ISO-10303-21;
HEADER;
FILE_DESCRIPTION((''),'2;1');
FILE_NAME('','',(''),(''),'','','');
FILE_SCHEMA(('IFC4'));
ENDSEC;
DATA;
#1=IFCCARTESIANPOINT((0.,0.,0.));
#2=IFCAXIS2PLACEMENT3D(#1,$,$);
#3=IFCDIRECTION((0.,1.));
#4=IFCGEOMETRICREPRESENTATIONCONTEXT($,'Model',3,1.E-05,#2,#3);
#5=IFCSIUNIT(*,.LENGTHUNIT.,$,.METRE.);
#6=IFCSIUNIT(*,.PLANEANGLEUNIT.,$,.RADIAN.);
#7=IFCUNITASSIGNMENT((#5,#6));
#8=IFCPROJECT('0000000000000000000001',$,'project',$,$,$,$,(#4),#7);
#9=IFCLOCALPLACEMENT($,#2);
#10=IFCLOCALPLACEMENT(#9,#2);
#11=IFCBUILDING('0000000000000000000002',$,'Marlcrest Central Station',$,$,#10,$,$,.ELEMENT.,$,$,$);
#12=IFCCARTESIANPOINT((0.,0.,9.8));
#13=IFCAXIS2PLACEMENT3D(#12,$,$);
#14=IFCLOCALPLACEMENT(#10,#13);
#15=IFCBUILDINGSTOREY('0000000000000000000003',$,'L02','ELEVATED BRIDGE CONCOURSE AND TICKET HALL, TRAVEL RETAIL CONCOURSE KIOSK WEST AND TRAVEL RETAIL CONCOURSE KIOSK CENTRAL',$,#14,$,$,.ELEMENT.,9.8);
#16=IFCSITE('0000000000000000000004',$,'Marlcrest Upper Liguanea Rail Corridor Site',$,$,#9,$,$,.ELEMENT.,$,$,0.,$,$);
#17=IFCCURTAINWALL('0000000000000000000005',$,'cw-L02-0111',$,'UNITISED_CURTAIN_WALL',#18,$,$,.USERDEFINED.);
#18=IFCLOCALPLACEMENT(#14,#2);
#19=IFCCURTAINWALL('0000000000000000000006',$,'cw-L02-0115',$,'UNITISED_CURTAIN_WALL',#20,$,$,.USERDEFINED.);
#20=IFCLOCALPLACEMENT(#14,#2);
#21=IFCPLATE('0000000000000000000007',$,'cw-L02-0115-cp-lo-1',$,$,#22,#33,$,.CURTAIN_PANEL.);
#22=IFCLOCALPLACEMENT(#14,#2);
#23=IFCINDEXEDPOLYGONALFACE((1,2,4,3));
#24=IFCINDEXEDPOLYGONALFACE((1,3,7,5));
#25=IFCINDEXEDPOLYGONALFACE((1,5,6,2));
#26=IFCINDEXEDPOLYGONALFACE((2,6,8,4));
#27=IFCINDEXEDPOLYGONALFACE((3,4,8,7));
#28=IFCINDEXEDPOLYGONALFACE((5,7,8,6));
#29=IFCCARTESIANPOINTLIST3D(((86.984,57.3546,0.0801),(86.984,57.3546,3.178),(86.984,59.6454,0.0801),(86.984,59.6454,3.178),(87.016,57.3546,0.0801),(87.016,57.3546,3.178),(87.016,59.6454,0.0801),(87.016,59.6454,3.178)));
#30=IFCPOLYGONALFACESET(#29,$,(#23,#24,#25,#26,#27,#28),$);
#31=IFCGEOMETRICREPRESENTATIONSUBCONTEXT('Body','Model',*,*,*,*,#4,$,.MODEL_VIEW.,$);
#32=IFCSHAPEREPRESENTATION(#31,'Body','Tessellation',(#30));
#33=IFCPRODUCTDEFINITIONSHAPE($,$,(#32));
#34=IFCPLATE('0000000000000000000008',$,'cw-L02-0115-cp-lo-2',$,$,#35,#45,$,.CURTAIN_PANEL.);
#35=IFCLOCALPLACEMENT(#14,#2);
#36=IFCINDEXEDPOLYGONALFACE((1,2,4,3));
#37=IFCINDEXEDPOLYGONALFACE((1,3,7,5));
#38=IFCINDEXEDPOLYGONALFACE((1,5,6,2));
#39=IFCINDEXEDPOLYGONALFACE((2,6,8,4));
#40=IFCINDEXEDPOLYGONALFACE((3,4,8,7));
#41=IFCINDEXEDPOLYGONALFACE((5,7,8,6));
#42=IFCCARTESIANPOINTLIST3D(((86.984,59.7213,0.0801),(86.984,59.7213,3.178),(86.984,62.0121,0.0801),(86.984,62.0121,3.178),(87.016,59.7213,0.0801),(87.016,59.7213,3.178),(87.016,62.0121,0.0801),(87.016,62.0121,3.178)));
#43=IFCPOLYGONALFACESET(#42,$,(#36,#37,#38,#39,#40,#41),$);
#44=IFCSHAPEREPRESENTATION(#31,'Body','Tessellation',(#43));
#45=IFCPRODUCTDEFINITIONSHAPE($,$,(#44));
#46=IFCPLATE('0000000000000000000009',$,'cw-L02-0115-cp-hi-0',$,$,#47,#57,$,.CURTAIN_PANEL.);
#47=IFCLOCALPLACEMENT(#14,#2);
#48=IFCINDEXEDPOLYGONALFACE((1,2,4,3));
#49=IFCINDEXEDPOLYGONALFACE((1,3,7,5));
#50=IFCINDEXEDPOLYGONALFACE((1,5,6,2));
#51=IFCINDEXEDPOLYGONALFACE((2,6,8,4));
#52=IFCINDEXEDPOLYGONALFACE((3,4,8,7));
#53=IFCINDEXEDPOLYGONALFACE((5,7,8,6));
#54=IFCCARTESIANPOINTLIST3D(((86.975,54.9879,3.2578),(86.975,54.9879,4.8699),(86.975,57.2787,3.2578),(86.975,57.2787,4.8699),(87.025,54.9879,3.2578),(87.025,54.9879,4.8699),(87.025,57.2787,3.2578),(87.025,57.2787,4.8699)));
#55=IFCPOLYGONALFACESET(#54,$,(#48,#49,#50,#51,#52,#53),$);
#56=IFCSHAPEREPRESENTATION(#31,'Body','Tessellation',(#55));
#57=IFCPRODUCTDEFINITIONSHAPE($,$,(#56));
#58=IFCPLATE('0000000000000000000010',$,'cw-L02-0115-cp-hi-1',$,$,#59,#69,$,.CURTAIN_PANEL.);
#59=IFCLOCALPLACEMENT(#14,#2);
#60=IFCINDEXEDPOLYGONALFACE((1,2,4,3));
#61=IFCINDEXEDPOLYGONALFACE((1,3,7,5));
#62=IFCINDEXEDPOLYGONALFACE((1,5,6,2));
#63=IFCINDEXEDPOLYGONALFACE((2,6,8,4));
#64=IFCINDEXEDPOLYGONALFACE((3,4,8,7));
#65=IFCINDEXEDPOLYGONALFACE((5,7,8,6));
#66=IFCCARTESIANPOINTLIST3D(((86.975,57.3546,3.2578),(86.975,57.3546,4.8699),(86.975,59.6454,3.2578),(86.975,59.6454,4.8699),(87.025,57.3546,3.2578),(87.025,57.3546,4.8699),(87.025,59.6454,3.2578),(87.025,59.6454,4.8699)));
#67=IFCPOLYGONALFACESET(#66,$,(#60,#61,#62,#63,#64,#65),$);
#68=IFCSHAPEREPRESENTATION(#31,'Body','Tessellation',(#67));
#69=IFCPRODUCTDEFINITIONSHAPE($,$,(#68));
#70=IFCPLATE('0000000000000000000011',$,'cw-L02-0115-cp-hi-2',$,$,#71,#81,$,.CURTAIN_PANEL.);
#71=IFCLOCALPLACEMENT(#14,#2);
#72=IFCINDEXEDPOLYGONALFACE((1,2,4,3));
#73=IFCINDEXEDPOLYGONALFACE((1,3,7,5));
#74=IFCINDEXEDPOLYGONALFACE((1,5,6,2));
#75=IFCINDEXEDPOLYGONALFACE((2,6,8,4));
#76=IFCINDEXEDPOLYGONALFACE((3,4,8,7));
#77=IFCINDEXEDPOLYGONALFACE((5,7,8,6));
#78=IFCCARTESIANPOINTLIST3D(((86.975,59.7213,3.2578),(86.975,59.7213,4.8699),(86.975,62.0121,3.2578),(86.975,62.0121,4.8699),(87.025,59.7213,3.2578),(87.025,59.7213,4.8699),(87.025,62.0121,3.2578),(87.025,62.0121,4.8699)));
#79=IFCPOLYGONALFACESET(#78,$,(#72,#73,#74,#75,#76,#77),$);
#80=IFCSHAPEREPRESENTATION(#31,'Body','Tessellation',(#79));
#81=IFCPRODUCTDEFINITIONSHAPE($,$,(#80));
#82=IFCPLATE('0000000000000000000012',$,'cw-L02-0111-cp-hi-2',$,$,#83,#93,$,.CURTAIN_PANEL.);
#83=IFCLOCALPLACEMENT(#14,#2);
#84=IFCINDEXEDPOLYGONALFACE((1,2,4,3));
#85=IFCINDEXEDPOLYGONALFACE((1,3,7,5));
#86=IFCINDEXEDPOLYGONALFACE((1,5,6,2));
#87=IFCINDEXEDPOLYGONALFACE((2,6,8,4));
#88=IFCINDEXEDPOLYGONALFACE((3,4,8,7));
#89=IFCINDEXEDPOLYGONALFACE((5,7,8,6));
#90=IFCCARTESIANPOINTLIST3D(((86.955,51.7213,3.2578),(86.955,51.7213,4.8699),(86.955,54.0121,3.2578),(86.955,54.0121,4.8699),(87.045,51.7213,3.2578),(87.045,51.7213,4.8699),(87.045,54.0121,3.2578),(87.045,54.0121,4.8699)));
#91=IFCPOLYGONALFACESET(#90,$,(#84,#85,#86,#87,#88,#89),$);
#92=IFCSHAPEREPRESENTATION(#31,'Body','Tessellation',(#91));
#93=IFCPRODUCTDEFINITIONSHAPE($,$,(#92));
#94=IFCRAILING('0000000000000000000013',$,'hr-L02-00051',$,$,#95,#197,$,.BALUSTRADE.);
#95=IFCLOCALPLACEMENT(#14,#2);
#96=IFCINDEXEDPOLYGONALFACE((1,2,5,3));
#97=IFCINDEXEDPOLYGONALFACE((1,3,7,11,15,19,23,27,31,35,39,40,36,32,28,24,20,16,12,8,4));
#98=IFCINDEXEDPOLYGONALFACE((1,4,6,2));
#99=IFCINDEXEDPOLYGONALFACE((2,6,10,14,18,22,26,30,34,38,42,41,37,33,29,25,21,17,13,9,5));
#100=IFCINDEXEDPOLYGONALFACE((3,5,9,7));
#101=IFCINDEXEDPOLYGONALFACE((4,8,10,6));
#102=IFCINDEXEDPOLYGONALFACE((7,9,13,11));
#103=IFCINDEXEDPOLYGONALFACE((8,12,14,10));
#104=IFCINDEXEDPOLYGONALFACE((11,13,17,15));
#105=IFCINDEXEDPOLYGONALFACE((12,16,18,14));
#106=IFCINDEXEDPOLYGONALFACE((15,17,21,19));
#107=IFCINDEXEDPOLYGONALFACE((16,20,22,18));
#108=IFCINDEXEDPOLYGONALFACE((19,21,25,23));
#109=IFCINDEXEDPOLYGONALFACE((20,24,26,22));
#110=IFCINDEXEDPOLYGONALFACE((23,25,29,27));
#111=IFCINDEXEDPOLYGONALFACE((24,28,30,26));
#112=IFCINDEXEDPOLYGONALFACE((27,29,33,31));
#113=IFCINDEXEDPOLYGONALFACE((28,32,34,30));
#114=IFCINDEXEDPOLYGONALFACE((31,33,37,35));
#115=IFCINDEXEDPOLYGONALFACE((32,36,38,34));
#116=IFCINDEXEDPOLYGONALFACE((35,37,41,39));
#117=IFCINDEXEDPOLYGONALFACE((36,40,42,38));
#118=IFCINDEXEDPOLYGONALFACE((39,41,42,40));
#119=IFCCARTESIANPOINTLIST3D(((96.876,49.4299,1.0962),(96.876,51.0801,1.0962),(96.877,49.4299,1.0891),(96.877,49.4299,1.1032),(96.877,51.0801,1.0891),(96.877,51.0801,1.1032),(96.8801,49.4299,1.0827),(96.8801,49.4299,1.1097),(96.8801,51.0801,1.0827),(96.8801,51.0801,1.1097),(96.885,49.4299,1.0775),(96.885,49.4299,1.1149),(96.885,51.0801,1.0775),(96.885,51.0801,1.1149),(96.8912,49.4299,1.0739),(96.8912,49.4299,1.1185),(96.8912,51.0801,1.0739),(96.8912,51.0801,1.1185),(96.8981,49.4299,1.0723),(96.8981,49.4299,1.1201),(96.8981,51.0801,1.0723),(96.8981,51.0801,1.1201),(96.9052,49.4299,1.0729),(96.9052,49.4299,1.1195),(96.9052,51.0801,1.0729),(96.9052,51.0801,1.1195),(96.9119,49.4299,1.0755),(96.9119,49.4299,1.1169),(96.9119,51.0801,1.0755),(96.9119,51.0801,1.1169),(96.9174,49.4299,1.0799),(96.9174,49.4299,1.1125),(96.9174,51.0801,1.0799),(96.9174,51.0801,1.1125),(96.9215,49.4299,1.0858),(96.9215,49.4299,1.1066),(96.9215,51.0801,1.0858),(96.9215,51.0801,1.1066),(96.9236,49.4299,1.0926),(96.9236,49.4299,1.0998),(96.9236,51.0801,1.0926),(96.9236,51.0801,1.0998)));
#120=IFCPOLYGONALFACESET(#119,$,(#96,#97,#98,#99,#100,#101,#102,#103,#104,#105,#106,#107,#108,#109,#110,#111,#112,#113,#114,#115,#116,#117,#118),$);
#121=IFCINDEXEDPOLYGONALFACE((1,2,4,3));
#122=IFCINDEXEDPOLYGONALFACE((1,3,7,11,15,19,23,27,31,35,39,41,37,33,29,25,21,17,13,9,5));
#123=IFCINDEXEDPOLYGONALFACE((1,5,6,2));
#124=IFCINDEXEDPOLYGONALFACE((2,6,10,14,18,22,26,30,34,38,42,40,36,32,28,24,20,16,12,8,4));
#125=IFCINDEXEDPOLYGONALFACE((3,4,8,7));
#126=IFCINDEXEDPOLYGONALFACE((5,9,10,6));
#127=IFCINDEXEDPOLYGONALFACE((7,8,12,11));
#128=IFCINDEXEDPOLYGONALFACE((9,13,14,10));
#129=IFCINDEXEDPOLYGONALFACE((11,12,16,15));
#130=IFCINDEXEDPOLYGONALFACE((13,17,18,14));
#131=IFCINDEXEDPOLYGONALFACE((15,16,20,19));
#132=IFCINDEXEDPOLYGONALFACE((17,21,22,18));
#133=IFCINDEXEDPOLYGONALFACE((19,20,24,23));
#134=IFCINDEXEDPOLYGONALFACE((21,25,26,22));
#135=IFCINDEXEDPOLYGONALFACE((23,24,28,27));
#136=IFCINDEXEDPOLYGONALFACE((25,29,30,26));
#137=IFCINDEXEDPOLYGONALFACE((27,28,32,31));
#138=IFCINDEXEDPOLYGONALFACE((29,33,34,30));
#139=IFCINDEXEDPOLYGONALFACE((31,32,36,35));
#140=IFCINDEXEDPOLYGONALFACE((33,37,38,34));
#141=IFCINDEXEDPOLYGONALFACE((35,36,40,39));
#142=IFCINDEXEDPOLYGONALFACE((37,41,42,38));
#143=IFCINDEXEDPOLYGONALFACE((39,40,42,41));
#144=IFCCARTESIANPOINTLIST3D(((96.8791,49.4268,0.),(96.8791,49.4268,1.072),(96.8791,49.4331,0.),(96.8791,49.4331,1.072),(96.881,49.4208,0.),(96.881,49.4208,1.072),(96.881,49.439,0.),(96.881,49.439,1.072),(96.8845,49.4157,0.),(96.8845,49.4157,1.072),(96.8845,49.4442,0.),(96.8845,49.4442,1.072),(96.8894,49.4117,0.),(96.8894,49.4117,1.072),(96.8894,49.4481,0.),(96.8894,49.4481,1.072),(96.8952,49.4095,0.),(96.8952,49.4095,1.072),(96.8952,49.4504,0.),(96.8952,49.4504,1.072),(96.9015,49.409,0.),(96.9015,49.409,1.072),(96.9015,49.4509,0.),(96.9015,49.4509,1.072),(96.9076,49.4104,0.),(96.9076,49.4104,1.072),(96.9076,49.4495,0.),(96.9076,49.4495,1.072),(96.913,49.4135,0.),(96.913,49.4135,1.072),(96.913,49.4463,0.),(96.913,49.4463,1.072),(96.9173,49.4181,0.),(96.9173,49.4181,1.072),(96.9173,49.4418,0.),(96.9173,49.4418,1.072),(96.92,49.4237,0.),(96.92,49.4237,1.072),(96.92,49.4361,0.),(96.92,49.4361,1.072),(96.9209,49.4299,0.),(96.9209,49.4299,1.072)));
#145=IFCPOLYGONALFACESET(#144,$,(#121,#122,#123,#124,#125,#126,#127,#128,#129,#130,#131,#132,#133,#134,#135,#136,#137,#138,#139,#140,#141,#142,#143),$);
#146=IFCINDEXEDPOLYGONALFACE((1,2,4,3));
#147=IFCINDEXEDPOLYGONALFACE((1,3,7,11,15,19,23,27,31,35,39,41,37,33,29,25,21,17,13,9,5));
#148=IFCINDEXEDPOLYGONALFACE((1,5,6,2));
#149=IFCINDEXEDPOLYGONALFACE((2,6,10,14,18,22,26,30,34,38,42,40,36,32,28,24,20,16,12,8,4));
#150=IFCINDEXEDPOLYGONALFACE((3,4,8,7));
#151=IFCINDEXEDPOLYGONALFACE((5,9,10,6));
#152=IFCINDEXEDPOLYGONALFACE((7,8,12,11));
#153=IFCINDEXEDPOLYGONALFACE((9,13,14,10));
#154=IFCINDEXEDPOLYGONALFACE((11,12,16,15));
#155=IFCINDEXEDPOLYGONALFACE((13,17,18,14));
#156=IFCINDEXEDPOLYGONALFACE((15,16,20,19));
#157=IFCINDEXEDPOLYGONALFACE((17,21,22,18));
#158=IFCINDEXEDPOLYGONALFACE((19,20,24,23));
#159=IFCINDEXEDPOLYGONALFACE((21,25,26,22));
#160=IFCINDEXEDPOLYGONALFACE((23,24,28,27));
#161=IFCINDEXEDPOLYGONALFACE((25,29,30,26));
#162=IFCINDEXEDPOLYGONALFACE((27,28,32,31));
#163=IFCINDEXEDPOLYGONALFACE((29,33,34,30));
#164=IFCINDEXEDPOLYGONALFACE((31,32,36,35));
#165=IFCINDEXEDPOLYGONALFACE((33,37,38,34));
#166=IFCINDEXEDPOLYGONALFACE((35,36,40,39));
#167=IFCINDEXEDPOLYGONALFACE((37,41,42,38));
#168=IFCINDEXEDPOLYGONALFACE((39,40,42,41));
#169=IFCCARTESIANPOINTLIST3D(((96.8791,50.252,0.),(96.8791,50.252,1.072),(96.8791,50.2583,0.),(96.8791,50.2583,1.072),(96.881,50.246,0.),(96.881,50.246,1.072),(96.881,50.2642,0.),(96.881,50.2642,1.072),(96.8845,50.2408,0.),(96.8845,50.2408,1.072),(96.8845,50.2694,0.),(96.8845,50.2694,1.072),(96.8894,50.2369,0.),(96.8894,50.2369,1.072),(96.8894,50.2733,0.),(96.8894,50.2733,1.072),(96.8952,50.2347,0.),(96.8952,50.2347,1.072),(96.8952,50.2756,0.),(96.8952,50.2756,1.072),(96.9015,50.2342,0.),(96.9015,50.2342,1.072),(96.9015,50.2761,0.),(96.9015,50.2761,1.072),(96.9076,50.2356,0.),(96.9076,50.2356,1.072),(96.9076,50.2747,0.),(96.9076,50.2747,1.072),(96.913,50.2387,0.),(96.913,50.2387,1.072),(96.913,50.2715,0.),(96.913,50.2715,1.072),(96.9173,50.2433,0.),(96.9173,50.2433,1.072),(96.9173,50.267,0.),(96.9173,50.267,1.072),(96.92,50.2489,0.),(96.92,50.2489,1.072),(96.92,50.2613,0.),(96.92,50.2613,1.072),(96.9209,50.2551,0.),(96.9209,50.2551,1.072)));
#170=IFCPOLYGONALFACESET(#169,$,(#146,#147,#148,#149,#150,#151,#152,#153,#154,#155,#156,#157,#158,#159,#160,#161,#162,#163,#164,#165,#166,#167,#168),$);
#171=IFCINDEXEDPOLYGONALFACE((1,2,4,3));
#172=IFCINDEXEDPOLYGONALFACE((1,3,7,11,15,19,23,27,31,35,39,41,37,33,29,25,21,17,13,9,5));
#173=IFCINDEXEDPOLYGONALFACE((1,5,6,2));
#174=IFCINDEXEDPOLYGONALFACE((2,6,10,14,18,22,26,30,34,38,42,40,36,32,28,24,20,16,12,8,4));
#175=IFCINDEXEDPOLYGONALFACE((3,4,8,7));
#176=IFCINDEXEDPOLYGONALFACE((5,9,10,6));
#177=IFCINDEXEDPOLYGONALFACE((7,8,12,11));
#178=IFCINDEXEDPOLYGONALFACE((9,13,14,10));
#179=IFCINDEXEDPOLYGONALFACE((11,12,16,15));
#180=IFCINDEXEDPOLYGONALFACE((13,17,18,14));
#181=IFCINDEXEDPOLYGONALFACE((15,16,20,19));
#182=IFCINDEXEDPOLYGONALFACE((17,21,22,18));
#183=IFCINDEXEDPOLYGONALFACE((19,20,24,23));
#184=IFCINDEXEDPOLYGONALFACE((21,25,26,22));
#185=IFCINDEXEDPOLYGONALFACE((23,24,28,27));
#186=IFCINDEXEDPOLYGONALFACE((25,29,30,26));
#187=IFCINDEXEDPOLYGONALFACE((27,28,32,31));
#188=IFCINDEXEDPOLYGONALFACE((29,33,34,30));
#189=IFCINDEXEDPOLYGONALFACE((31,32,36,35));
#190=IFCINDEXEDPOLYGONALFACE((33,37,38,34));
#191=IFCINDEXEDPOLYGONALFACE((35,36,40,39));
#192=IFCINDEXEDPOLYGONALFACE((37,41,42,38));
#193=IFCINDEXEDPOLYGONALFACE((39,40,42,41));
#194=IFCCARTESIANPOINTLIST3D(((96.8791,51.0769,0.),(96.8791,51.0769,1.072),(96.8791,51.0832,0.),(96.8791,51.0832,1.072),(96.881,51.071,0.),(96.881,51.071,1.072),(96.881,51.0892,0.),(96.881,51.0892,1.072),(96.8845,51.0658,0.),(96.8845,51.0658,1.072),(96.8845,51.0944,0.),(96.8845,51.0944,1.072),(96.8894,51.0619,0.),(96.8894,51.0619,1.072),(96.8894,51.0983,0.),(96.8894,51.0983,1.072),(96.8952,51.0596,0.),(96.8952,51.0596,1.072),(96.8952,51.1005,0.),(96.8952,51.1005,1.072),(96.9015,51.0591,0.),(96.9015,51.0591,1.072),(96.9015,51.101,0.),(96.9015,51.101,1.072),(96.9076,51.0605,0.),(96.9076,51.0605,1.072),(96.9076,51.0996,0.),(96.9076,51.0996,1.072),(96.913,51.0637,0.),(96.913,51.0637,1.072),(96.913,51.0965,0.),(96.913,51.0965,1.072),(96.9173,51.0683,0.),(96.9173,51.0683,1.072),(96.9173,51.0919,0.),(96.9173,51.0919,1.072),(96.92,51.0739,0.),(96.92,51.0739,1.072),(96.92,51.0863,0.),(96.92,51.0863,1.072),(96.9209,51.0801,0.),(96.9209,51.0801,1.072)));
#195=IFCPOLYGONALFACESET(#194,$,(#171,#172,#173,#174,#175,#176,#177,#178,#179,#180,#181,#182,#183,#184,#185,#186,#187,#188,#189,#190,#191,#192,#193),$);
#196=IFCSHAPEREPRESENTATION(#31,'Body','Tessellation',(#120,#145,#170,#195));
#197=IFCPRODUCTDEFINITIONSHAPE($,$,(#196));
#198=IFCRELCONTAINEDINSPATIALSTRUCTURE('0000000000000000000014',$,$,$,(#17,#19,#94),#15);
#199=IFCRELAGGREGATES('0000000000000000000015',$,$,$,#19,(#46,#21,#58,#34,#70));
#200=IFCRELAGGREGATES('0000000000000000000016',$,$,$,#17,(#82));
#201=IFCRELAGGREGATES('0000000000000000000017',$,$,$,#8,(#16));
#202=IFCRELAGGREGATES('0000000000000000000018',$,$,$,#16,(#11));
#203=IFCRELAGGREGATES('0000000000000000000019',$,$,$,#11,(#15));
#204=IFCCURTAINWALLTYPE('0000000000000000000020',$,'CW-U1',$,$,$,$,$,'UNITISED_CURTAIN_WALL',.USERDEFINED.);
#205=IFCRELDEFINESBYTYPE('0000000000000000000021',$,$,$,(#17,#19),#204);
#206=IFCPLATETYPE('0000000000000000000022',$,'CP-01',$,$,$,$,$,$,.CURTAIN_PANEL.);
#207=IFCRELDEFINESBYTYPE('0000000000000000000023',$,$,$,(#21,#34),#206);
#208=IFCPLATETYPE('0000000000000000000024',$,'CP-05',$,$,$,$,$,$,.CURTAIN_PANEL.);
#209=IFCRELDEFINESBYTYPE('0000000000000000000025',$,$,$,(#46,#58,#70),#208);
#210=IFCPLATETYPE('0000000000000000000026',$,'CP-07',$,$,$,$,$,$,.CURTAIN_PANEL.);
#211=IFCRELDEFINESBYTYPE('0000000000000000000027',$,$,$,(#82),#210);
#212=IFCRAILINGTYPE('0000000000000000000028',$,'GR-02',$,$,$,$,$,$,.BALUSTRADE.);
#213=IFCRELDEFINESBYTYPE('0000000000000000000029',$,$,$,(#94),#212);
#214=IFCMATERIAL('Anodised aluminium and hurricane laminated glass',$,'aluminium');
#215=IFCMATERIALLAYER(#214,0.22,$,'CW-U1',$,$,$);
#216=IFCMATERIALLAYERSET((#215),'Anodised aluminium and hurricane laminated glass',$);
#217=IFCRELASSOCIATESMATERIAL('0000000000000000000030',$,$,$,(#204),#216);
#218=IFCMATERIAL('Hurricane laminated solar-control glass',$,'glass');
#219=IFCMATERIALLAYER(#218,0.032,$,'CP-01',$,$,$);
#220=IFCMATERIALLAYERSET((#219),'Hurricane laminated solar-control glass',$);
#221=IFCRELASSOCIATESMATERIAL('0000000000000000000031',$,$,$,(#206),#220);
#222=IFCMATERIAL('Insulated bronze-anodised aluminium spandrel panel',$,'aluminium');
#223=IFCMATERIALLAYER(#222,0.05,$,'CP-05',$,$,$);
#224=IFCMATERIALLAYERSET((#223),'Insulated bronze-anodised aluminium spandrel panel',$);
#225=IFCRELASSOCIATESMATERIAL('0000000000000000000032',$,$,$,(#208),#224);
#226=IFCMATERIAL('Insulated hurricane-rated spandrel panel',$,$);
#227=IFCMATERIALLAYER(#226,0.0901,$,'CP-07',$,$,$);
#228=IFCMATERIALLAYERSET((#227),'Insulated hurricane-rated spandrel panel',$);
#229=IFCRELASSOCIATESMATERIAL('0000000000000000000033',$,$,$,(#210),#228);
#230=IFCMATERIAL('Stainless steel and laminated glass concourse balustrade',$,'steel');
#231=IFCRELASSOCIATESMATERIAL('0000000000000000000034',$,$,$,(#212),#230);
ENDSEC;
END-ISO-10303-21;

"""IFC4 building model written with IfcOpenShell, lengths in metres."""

from ifc_helpers import new_model, si_unit, direction, frame, origin, origin_2d, place, context, subcontext, project, spatial, rectangle, circle, extrude, material, layer, layer_set, type_object, element, aggregate, save


model = new_model("IFC4")

# Units and contexts
model_context = context("Model", 3, precision=1e-05, world=origin(), true_north=direction((0.0, 1.0)))
body_context = subcontext(model_context, "Body", "Model", "MODEL_VIEW")
ifc_project = project(units=[si_unit("LENGTHUNIT", "METRE"), si_unit("PLANEANGLEUNIT", "RADIAN")], contexts=[model_context])

# Site, building, storey
site_placement = place(None, origin())
site = spatial("IfcSite", under=ifc_project, at=site_placement, Name="Marlcrest Upper Liguanea Rail Corridor Site", CompositionType="ELEMENT", RefElevation=0.0)
building_placement = place(site_placement, origin())
building = spatial("IfcBuilding", under=site, at=building_placement, Name="Marlcrest Central Station", CompositionType="ELEMENT")
storey_placement = place(building_placement, frame((0.0, 0.0, 9.8)))
storey = spatial("IfcBuildingStorey", under=building, at=storey_placement, Name="L02", Description="ELEVATED BRIDGE CONCOURSE AND TICKET HALL, TRAVEL RETAIL CONCOURSE KIOSK WEST AND TRAVEL RETAIL CONCOURSE KIOSK CENTRAL", CompositionType="ELEMENT", Elevation=9.8)

# Curtain wall
ifc_material_1 = material(Name="Anodised aluminium and hurricane laminated glass", Category="aluminium")
ifc_layer_1 = layer(ifc_material_1, 0.22, Name="CW-U1")
ifc_layer_set_1 = layer_set([ifc_layer_1], Name="Anodised aluminium and hurricane laminated glass")
curtain_wall_type = type_object("IfcCurtainWallType", Name="CW-U1", ElementType="UNITISED_CURTAIN_WALL", PredefinedType="USERDEFINED", material=ifc_layer_set_1)
curtain_wall_1_placement = place(storey_placement, origin())
curtain_wall_1 = element("IfcCurtainWall", 1, at=curtain_wall_1_placement, inside=storey, type_object=curtain_wall_type, Name="cw-L02-0111", ObjectType="UNITISED_CURTAIN_WALL", PredefinedType="USERDEFINED")

# Curtain wall
curtain_wall_2_placement = place(storey_placement, origin())
curtain_wall_2 = element("IfcCurtainWall", 2, at=curtain_wall_2_placement, inside=storey, type_object=curtain_wall_type, Name="cw-L02-0115", ObjectType="UNITISED_CURTAIN_WALL", PredefinedType="USERDEFINED")

# Plates
ifc_material_2 = material(Name="Hurricane laminated solar-control glass", Category="glass")
ifc_layer_2 = layer(ifc_material_2, 0.032, Name="CP-01")
ifc_layer_set_2 = layer_set([ifc_layer_2], Name="Hurricane laminated solar-control glass")
plate_type_1 = type_object("IfcPlateType", Name="CP-01", PredefinedType="CURTAIN_PANEL", material=ifc_layer_set_2)
plate_1_placement = place(storey_placement, frame((87.0, 58.5, 0.0801), z_axis=(0.0, 0.0, 1.0), x_axis=(0.0, 1.0, 0.0)))
plate_1 = element("IfcPlate", 3, at=plate_1_placement, type_object=plate_type_1, Name="cw-L02-0115-cp-lo-1", PredefinedType="CURTAIN_PANEL", context=body_context, shape_type="SweptSolid", body=[
    extrude(rectangle(XDim=2.2908, YDim=0.032, at=origin_2d()), origin(), (0.0, 0.0, 1.0), 3.0979),
])
plate_2_placement = place(storey_placement, frame((87.0, 60.8667, 0.0801), z_axis=(0.0, 0.0, 1.0), x_axis=(0.0, 1.0, 0.0)))
plate_2 = element("IfcPlate", 4, at=plate_2_placement, type_object=plate_type_1, Name="cw-L02-0115-cp-lo-2", PredefinedType="CURTAIN_PANEL", context=body_context, shape_type="SweptSolid", body=[
    extrude(rectangle(XDim=2.2908, YDim=0.032, at=origin_2d()), origin(), (0.0, 0.0, 1.0), 3.0979),
])
ifc_material_3 = material(Name="Insulated bronze-anodised aluminium spandrel panel", Category="aluminium")
ifc_layer_3 = layer(ifc_material_3, 0.05, Name="CP-05")
ifc_layer_set_3 = layer_set([ifc_layer_3], Name="Insulated bronze-anodised aluminium spandrel panel")
plate_type_2 = type_object("IfcPlateType", Name="CP-05", PredefinedType="CURTAIN_PANEL", material=ifc_layer_set_3)
plate_3_placement = place(storey_placement, frame((87.0, 56.1333, 3.2578), z_axis=(0.0, 0.0, 1.0), x_axis=(0.0, 1.0, 0.0)))
plate_3 = element("IfcPlate", 5, at=plate_3_placement, type_object=plate_type_2, Name="cw-L02-0115-cp-hi-0", PredefinedType="CURTAIN_PANEL", context=body_context, shape_type="SweptSolid", body=[
    extrude(rectangle(XDim=2.2908, YDim=0.05, at=origin_2d()), origin(), (0.0, 0.0, 1.0), 1.6121),
])
plate_4_placement = place(storey_placement, frame((87.0, 58.5, 3.2578), z_axis=(0.0, 0.0, 1.0), x_axis=(0.0, 1.0, 0.0)))
plate_4 = element("IfcPlate", 6, at=plate_4_placement, type_object=plate_type_2, Name="cw-L02-0115-cp-hi-1", PredefinedType="CURTAIN_PANEL", context=body_context, shape_type="SweptSolid", body=[
    extrude(rectangle(XDim=2.2908, YDim=0.05, at=origin_2d()), origin(), (0.0, 0.0, 1.0), 1.6121),
])
plate_5_placement = place(storey_placement, frame((87.0, 60.8667, 3.2578), z_axis=(0.0, 0.0, 1.0), x_axis=(0.0, 1.0, 0.0)))
plate_5 = element("IfcPlate", 7, at=plate_5_placement, type_object=plate_type_2, Name="cw-L02-0115-cp-hi-2", PredefinedType="CURTAIN_PANEL", context=body_context, shape_type="SweptSolid", body=[
    extrude(rectangle(XDim=2.2908, YDim=0.05, at=origin_2d()), origin(), (0.0, 0.0, 1.0), 1.6121),
])
aggregate(curtain_wall_2, [plate_3, plate_1, plate_4, plate_2, plate_5])
ifc_material_4 = material(Name="Insulated hurricane-rated spandrel panel")
ifc_layer_4 = layer(ifc_material_4, 0.0901, Name="CP-07")
ifc_layer_set_4 = layer_set([ifc_layer_4], Name="Insulated hurricane-rated spandrel panel")
plate_type_3 = type_object("IfcPlateType", Name="CP-07", PredefinedType="CURTAIN_PANEL", material=ifc_layer_set_4)
plate_6_placement = place(storey_placement, frame((87.0, 52.8667, 3.2578), z_axis=(0.0, 0.0, 1.0), x_axis=(0.0, 1.0, 0.0)))
plate_6 = element("IfcPlate", 8, at=plate_6_placement, type_object=plate_type_3, Name="cw-L02-0111-cp-hi-2", PredefinedType="CURTAIN_PANEL", context=body_context, shape_type="SweptSolid", body=[
    extrude(rectangle(XDim=2.2908, YDim=0.0901, at=origin_2d()), origin(), (0.0, 0.0, 1.0), 1.6121),
])
aggregate(curtain_wall_1, [plate_6])

# Railing
ifc_material_5 = material(Name="Stainless steel and laminated glass concourse balustrade", Category="steel")
railing_type = type_object("IfcRailingType", Name="GR-02", PredefinedType="BALUSTRADE", material=ifc_material_5)
railing_1_placement = place(storey_placement, frame((96.8999, 49.4299, 0.0)))
element("IfcRailing", 9, at=railing_1_placement, inside=storey, type_object=railing_type, Name="hr-L02-00051", PredefinedType="BALUSTRADE", context=body_context, shape_type="SweptSolid", body=[
    extrude(circle(Radius=0.0239, at=origin_2d()), frame((0.0, 0.0, 1.0962), z_axis=(0.0, 1.0, 0.0), x_axis=(-1.0, 0.0, 0.0)), (0.0, 0.0, 1.0), 1.6501),
    extrude(circle(Radius=0.021, at=origin_2d()), origin(), (0.0, 0.0, 1.0), 1.072),
    extrude(circle(Radius=0.021, at=origin_2d()), frame((0.0, 0.8252, 0.0)), (0.0, 0.0, 1.0), 1.072),
    extrude(circle(Radius=0.021, at=origin_2d()), frame((0.0, 1.6501, 0.0)), (0.0, 0.0, 1.0), 1.072),
])

save(model, "model.ifc")
